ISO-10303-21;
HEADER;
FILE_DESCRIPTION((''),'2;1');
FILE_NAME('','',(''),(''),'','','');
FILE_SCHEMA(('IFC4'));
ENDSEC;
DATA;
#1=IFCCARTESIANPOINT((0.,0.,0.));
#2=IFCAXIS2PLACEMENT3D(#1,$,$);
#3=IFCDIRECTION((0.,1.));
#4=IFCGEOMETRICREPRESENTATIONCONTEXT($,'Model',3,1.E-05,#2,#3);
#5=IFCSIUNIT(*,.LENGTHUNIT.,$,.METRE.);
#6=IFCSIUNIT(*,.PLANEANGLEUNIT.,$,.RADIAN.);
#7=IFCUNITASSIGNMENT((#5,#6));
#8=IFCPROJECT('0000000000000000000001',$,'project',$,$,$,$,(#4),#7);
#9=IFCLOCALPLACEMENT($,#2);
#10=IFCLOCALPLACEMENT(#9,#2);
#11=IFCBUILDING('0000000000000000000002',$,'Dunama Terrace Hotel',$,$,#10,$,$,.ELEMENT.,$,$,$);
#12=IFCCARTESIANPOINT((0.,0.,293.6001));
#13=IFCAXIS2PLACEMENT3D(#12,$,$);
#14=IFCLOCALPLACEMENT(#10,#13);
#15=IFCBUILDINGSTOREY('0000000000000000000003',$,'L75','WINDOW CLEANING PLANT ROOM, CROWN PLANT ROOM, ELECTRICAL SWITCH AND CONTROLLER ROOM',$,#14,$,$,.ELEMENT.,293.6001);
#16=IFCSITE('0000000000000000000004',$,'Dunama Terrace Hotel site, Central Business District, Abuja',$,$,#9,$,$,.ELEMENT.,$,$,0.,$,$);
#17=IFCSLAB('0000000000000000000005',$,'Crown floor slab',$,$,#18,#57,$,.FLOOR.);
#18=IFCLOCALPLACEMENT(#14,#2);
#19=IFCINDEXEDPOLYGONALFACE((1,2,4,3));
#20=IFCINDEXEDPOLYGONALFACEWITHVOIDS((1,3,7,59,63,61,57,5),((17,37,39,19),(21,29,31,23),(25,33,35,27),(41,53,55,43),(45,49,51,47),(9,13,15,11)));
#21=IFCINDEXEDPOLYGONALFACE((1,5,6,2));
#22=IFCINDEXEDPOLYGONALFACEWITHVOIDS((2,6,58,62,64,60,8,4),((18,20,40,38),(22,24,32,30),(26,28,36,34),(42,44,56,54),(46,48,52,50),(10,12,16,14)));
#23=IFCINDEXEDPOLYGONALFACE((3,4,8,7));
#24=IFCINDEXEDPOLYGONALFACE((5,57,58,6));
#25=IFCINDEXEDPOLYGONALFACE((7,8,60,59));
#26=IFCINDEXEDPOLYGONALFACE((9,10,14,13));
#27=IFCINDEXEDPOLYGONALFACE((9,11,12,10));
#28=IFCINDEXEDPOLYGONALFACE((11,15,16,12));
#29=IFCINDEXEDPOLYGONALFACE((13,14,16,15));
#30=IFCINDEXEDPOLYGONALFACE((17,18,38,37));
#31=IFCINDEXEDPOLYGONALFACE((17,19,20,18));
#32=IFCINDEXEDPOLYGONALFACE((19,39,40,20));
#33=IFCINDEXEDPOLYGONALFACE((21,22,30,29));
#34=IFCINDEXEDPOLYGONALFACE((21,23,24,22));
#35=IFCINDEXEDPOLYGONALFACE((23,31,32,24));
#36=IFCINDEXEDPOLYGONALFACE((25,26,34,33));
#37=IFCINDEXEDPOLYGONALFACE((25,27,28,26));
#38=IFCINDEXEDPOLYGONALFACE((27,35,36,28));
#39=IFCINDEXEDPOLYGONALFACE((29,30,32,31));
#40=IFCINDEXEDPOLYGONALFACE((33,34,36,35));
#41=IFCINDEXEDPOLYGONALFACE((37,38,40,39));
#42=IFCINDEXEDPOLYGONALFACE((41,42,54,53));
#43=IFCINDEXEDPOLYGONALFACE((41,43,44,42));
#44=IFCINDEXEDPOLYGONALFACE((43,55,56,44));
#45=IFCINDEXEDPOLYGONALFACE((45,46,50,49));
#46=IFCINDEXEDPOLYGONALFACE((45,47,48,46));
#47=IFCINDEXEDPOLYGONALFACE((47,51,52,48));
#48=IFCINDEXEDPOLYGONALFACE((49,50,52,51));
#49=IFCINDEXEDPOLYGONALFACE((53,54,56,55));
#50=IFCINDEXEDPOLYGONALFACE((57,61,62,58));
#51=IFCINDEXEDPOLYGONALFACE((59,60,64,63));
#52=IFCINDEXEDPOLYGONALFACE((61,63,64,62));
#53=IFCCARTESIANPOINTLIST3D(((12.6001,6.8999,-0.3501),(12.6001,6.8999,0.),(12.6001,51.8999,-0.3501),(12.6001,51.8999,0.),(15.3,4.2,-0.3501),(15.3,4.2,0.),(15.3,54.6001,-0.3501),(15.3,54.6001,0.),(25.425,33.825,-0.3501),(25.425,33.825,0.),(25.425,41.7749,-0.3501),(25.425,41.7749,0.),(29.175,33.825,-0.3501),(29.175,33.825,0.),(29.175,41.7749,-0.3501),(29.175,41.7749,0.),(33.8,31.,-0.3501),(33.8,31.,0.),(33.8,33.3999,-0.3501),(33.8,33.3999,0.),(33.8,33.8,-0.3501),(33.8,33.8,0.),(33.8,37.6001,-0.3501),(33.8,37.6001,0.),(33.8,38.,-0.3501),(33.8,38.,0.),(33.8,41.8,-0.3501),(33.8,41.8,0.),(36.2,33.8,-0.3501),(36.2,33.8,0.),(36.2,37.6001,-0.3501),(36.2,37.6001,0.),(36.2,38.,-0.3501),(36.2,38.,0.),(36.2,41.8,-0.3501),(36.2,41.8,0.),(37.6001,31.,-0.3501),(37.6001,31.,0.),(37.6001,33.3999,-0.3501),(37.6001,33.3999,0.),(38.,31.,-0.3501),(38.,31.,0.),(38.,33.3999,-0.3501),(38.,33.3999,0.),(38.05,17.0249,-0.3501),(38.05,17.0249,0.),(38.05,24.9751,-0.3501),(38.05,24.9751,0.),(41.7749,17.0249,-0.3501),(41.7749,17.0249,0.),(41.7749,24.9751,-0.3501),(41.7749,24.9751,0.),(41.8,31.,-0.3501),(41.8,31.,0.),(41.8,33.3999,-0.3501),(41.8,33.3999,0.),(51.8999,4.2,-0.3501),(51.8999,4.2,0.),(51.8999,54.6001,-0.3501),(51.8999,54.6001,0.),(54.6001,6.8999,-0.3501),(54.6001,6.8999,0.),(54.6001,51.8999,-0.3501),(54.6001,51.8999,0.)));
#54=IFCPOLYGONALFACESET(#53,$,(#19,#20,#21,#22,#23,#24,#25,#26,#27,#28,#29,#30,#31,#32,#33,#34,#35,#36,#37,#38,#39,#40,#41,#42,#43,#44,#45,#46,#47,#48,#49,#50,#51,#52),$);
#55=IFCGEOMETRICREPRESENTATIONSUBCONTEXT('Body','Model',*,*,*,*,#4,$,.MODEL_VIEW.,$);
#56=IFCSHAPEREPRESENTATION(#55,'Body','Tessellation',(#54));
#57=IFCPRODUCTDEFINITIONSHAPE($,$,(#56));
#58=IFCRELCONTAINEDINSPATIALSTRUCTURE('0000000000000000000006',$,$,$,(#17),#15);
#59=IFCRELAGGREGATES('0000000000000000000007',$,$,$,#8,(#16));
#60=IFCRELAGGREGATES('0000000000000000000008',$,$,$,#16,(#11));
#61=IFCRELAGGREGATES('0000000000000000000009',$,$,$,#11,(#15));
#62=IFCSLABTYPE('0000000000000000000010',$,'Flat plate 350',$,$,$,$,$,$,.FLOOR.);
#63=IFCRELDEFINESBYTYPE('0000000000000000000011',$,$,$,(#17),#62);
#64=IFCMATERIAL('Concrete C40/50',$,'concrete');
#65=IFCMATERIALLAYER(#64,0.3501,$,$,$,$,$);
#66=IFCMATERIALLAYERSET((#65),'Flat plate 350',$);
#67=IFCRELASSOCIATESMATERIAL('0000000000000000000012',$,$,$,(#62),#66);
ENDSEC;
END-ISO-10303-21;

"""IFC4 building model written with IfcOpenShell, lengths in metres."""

from ifc_helpers import new_model, si_unit, direction, frame, origin, place, context, subcontext, project, spatial, polyline, outline, extrude, material, layer, layer_set, type_object, element, save


model = new_model("IFC4")

# Units and contexts
model_context = context("Model", 3, precision=1e-05, world=origin(), true_north=direction((0.0, 1.0)))
body_context = subcontext(model_context, "Body", "Model", "MODEL_VIEW")
ifc_project = project(units=[si_unit("LENGTHUNIT", "METRE"), si_unit("PLANEANGLEUNIT", "RADIAN")], contexts=[model_context])

# Site, building, storey
site_placement = place(None, origin())
site = spatial("IfcSite", under=ifc_project, at=site_placement, Name="Dunama Terrace Hotel site, Central Business District, Abuja", CompositionType="ELEMENT", RefElevation=0.0)
building_placement = place(site_placement, origin())
building = spatial("IfcBuilding", under=site, at=building_placement, Name="Dunama Terrace Hotel", CompositionType="ELEMENT")
storey_placement = place(building_placement, frame((0.0, 0.0, 293.6001)))
storey = spatial("IfcBuildingStorey", under=building, at=storey_placement, Name="L75", Description="WINDOW CLEANING PLANT ROOM, CROWN PLANT ROOM, ELECTRICAL SWITCH AND CONTROLLER ROOM", CompositionType="ELEMENT", Elevation=293.6001)

# Slab
ifc_material_1 = material(Name="Concrete C40/50", Category="concrete")
ifc_layer_1 = layer(ifc_material_1, 0.3501)
ifc_layer_set_1 = layer_set([ifc_layer_1], Name="Flat plate 350")
slab_type_1 = type_object("IfcSlabType", Name="Flat plate 350", PredefinedType="FLOOR", material=ifc_layer_set_1)
slab_1_placement = place(storey_placement, frame((0.0, 0.0, -0.3501)))
element("IfcSlab", 1, at=slab_1_placement, inside=storey, type_object=slab_type_1, Name="Crown floor slab", PredefinedType="FLOOR", context=body_context, shape_type="SweptSolid", body=[
    extrude(outline(polyline([(15.3, 4.2), (51.8999, 4.2), (54.6001, 6.8999), (54.6001, 51.8999), (51.8999, 54.6001), (15.3, 54.6001), (12.6001, 51.8999), (12.6001, 6.8999), (15.3, 4.2)]), holes=[polyline([(37.6001, 31.0), (37.6001, 33.3999), (33.8, 33.3999), (33.8, 31.0), (37.6001, 31.0)]), polyline([(41.8, 31.0), (41.8, 33.3999), (38.0, 33.3999), (38.0, 31.0), (41.8, 31.0)]), polyline([(36.2, 38.0), (36.2, 41.8), (33.8, 41.8), (33.8, 38.0), (36.2, 38.0)]), polyline([(36.2, 33.8), (36.2, 37.6001), (33.8, 37.6001), (33.8, 33.8), (36.2, 33.8)]), polyline([(29.175, 33.825), (29.175, 41.7749), (25.425, 41.7749), (25.425, 33.825), (29.175, 33.825)]), polyline([(41.7749, 17.0249), (41.7749, 24.9751), (38.05, 24.9751), (38.05, 17.0249), (41.7749, 17.0249)])]), origin(), (0.0, 0.0, 1.0), 0.3501),
])

save(model, "model.ifc")
